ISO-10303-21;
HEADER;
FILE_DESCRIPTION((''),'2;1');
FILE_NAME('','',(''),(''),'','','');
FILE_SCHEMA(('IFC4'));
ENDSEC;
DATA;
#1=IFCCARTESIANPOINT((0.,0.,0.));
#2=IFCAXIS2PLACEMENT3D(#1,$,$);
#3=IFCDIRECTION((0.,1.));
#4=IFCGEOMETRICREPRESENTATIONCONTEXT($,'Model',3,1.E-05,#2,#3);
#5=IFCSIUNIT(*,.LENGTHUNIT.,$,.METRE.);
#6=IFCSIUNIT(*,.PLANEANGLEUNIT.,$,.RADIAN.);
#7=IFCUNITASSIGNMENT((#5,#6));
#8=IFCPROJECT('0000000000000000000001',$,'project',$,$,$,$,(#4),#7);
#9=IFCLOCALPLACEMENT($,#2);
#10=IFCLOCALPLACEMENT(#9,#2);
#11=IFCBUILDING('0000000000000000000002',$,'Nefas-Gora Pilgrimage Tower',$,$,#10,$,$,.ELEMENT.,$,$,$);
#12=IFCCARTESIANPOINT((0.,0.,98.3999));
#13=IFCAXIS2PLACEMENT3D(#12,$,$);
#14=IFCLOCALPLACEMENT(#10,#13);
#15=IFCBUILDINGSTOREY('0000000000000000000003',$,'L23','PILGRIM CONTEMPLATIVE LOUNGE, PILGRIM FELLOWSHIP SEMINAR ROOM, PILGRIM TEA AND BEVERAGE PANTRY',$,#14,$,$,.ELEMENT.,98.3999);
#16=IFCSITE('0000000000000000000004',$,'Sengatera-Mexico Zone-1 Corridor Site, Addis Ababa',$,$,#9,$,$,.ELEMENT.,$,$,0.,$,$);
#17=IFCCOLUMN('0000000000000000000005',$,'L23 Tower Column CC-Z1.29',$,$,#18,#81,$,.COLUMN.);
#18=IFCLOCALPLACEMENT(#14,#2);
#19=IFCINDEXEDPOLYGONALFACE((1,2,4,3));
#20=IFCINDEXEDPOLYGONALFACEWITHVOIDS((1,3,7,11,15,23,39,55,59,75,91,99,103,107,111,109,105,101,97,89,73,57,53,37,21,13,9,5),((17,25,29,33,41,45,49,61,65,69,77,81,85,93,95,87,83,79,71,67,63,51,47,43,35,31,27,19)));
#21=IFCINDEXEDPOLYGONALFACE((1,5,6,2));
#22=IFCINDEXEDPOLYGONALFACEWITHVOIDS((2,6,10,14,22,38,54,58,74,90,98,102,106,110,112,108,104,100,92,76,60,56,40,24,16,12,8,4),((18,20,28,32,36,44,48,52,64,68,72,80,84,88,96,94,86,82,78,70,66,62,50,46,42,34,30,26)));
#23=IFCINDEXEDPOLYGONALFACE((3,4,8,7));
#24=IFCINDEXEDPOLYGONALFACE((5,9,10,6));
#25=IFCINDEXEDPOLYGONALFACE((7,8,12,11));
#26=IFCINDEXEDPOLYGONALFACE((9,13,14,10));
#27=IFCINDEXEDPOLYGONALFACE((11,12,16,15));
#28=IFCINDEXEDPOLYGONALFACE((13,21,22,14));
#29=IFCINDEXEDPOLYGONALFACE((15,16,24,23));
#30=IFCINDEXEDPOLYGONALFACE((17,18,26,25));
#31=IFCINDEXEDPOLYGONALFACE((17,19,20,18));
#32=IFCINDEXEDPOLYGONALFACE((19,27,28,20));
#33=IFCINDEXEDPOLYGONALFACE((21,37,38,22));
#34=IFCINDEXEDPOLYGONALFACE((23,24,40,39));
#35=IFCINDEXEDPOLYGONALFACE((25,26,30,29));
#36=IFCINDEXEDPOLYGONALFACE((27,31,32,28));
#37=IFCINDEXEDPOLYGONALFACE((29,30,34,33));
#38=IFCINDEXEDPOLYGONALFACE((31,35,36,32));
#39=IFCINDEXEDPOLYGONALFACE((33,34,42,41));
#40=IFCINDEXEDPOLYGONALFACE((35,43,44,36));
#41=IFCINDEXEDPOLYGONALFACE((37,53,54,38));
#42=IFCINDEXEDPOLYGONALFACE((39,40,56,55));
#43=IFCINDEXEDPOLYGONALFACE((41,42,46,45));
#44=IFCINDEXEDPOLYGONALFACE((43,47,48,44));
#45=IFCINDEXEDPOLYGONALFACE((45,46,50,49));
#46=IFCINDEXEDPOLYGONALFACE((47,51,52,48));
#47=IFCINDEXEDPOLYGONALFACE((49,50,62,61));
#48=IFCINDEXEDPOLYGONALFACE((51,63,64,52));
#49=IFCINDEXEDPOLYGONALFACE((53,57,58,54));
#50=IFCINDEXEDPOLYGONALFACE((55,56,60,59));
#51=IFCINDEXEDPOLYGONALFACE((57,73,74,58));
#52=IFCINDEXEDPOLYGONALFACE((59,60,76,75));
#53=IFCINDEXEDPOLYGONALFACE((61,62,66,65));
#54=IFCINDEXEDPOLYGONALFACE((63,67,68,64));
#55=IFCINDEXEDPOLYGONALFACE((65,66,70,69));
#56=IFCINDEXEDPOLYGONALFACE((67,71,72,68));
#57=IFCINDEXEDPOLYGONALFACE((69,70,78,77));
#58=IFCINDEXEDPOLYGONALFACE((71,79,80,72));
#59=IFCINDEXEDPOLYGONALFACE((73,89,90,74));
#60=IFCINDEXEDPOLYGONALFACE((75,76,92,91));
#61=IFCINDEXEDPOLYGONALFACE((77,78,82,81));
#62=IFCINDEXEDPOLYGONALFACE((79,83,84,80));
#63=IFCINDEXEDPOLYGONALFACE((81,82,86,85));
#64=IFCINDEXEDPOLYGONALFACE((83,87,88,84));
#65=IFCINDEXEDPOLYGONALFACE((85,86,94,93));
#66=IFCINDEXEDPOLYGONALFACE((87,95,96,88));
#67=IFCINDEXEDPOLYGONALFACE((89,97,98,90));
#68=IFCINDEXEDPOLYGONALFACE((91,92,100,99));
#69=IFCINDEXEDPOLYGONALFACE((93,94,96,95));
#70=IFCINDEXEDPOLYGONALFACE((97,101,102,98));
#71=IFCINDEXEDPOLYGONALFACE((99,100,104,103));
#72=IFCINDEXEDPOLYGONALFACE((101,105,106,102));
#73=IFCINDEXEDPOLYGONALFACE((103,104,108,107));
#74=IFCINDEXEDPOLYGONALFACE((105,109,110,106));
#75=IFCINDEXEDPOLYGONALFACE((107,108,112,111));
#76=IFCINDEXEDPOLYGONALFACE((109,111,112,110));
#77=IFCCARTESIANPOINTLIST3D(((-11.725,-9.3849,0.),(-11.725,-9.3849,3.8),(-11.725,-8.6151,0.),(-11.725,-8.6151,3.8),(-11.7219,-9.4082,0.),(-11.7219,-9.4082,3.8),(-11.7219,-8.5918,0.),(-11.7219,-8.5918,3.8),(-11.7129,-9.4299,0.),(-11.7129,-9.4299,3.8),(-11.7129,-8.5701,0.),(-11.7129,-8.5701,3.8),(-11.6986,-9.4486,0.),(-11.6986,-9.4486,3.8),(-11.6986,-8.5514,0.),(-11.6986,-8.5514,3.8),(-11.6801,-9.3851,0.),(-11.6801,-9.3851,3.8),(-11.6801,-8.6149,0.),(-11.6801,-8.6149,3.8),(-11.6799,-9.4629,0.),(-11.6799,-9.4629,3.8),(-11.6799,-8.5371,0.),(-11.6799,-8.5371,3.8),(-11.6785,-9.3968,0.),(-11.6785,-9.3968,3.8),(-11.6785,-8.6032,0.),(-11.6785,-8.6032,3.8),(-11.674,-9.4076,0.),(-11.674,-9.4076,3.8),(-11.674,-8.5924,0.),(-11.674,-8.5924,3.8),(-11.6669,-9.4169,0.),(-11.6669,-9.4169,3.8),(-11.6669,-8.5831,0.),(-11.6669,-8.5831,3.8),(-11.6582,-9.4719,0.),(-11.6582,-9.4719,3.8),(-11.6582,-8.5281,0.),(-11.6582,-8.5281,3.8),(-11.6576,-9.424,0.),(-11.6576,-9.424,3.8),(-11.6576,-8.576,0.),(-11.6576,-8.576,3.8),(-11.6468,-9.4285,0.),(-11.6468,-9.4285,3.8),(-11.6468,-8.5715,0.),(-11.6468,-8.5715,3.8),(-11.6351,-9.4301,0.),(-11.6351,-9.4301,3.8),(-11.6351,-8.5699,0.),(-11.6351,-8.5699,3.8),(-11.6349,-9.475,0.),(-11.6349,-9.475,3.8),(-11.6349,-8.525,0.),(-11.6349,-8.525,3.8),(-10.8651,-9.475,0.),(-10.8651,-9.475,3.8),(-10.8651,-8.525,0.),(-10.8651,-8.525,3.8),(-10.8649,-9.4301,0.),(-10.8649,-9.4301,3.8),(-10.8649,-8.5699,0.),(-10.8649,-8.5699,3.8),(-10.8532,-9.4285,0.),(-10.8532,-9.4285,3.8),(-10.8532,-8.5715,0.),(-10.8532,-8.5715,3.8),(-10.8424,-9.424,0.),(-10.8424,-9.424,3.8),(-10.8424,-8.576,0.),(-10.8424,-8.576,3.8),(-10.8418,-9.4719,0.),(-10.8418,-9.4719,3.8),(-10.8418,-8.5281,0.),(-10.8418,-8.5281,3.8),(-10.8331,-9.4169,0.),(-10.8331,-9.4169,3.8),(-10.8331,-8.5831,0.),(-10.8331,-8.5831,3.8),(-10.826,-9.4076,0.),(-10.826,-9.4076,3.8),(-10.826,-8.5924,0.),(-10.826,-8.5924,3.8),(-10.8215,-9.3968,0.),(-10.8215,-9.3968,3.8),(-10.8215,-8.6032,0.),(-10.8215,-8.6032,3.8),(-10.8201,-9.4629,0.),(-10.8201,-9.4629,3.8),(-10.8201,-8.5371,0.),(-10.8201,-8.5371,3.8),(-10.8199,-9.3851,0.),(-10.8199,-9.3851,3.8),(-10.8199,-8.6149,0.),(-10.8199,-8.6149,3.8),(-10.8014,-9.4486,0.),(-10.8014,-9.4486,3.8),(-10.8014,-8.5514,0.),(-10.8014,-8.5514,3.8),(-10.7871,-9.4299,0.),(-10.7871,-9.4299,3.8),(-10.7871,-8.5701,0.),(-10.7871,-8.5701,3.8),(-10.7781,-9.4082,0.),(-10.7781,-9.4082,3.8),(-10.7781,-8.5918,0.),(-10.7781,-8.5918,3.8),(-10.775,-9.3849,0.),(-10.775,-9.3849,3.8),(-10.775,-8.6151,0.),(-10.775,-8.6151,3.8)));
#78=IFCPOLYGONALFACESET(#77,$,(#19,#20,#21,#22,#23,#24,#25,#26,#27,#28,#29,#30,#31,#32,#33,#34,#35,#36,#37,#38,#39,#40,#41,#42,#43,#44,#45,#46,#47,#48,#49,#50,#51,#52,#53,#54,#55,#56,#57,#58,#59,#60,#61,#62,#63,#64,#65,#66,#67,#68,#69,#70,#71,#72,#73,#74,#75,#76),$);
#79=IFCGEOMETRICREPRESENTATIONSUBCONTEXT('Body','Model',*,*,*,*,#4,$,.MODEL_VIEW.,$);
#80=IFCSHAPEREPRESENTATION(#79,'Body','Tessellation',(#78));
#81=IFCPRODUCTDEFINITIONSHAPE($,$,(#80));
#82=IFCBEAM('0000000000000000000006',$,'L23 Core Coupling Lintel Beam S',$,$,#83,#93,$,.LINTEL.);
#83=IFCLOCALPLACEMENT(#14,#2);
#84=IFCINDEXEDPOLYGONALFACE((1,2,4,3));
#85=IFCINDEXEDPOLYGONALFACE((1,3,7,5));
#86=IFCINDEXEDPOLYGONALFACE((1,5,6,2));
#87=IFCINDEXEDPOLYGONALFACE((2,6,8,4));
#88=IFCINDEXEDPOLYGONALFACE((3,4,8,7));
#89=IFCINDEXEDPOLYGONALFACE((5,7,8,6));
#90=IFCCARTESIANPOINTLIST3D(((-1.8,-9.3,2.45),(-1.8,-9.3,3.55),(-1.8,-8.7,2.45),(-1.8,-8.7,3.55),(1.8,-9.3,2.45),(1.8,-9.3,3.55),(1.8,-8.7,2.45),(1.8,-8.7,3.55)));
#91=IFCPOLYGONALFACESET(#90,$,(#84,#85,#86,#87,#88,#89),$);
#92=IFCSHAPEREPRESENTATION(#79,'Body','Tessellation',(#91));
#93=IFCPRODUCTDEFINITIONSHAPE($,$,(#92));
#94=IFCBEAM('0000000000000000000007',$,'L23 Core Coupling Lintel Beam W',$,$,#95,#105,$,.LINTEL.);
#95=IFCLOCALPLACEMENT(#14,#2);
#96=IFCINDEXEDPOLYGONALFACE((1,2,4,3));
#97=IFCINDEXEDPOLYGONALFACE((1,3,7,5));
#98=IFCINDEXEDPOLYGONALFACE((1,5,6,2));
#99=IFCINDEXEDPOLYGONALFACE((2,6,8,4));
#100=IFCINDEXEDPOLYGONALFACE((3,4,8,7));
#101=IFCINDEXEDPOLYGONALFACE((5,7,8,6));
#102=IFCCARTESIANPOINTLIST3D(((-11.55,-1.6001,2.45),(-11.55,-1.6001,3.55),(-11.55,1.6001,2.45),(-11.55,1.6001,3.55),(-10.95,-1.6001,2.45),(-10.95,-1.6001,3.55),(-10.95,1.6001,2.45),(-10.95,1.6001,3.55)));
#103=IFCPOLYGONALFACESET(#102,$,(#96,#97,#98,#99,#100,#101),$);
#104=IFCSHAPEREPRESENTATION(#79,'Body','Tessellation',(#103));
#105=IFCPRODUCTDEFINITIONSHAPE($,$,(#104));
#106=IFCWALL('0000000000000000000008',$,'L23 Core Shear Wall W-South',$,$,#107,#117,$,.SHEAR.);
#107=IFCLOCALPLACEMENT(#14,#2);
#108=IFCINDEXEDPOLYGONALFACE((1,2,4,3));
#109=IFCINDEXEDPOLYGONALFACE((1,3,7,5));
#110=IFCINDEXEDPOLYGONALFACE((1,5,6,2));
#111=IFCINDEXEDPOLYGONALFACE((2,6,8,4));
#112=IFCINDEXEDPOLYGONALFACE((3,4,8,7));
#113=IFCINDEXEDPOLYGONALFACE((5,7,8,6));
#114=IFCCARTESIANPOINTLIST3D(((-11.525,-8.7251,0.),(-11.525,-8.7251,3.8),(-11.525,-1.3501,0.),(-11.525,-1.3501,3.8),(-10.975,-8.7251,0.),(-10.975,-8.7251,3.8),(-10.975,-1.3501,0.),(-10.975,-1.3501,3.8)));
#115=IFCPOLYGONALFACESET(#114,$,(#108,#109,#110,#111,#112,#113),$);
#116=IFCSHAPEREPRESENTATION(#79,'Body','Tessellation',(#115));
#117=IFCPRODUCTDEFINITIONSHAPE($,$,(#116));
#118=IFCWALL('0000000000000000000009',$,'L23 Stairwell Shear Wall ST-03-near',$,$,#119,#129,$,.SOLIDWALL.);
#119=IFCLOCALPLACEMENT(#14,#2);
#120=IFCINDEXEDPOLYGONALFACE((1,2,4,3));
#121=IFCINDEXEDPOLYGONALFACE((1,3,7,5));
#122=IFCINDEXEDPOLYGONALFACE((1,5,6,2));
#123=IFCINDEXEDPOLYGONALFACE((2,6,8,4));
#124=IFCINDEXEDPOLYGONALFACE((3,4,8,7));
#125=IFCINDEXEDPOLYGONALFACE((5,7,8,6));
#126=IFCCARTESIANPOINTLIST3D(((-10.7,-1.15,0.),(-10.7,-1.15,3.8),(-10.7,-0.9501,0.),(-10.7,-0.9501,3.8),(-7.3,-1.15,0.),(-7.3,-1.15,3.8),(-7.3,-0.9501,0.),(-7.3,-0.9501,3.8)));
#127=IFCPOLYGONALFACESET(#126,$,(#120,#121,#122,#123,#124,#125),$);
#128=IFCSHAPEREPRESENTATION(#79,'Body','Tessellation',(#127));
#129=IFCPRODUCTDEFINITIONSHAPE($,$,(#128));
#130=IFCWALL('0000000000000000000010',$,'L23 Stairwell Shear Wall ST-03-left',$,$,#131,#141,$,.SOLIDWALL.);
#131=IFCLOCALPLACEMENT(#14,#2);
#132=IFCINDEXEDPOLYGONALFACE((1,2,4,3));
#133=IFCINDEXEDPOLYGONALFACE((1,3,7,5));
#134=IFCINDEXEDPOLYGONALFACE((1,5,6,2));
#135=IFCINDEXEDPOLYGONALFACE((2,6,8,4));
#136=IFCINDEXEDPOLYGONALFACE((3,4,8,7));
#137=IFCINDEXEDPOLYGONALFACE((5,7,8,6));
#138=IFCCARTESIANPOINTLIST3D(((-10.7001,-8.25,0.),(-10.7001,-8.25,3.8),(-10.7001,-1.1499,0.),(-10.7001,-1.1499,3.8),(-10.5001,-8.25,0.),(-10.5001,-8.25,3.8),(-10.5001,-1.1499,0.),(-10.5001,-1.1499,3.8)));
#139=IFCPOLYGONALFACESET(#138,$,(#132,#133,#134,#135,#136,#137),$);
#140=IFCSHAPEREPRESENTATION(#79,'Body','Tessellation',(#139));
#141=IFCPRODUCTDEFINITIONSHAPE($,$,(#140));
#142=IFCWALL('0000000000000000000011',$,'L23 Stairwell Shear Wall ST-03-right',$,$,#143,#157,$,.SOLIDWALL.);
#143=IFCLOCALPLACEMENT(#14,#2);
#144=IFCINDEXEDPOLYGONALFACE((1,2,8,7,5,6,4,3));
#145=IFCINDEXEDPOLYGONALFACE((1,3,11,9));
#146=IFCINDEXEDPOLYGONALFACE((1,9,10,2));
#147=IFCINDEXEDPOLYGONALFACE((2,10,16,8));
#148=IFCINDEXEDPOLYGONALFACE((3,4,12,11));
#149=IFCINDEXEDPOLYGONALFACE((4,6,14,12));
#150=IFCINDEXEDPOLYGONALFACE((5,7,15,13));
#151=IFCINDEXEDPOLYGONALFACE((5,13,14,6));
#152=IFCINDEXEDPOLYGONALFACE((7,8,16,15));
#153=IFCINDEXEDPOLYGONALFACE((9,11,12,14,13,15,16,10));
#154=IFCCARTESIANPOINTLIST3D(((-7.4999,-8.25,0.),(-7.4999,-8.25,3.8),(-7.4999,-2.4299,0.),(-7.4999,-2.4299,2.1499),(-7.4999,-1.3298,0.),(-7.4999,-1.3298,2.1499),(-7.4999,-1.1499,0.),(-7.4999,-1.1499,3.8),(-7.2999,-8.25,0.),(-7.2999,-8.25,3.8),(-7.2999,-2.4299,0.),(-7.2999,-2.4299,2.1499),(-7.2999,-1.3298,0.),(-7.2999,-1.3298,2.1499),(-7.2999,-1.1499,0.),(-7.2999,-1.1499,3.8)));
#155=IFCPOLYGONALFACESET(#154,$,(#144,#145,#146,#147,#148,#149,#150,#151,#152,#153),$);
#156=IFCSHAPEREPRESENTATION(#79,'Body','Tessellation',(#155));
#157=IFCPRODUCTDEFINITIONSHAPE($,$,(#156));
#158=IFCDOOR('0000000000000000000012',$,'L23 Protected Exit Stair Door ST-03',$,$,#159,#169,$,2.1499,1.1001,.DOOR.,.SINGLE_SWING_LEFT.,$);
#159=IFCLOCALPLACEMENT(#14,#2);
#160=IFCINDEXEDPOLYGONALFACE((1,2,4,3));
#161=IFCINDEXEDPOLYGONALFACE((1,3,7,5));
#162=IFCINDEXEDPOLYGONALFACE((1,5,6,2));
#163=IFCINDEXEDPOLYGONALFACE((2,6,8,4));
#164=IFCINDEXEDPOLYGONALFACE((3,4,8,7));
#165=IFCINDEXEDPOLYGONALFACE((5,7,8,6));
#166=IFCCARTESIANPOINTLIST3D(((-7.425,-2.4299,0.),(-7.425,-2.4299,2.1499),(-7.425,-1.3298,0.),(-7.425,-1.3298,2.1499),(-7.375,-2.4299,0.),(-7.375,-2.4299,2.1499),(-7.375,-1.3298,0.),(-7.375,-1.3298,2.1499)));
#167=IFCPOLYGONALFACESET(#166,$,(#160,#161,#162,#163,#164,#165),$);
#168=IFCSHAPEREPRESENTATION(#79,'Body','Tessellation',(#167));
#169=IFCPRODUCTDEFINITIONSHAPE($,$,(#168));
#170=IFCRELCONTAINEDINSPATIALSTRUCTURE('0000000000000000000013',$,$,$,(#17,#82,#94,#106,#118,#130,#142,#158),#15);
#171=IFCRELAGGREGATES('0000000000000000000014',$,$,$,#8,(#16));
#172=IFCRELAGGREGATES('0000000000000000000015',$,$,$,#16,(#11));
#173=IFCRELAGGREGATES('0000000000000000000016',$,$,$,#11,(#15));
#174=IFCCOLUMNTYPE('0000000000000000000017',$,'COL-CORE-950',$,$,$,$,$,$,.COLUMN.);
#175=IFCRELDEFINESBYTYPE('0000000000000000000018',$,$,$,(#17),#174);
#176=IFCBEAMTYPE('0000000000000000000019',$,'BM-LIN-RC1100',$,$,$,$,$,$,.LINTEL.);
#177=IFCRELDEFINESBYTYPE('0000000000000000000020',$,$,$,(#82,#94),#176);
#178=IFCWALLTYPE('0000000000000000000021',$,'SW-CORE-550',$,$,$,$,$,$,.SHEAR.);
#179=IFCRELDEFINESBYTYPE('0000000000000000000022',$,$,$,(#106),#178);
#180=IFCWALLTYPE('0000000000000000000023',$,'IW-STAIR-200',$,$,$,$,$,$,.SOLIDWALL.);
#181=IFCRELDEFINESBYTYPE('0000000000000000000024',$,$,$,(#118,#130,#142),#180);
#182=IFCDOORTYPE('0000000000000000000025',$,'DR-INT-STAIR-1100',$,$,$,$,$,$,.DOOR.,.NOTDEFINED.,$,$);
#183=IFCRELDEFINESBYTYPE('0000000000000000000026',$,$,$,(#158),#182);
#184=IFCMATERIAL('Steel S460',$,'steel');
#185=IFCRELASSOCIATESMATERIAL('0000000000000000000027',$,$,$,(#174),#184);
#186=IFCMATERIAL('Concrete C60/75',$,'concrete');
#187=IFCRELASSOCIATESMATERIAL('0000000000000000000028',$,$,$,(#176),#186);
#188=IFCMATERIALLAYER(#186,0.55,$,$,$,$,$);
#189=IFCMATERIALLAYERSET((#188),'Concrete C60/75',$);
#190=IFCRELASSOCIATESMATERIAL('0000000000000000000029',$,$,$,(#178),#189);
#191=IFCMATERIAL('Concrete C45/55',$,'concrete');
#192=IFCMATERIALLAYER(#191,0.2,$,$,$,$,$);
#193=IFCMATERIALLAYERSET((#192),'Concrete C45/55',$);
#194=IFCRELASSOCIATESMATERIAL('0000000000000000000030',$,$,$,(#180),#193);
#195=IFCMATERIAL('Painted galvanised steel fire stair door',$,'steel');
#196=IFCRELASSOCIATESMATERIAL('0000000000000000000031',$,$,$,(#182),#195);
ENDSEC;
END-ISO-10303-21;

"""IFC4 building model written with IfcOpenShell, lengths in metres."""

from ifc_helpers import new_model, si_unit, direction, frame, frame_2d, origin, origin_2d, place, context, subcontext, project, spatial, rectangle, hollow_rectangle, extrude, source, transform, mapped, material, layer, layer_set, material_profile, profile_set, type_object, element, fill, save


model = new_model("IFC4")

# Units and contexts
model_context = context("Model", 3, precision=1e-05, world=origin(), true_north=direction((0.0, 1.0)))
body_context = subcontext(model_context, "Body", "Model", "MODEL_VIEW")
ifc_project = project(units=[si_unit("LENGTHUNIT", "METRE"), si_unit("PLANEANGLEUNIT", "RADIAN")], contexts=[model_context])

# Site, building, storey
site_placement = place(None, origin())
site = spatial("IfcSite", under=ifc_project, at=site_placement, Name="Sengatera-Mexico Zone-1 Corridor Site, Addis Ababa", CompositionType="ELEMENT", RefElevation=0.0)
building_placement = place(site_placement, origin())
building = spatial("IfcBuilding", under=site, at=building_placement, Name="Nefas-Gora Pilgrimage Tower", CompositionType="ELEMENT")
storey_placement = place(building_placement, frame((0.0, 0.0, 98.3999)))
storey = spatial("IfcBuildingStorey", under=building, at=storey_placement, Name="L23", Description="PILGRIM CONTEMPLATIVE LOUNGE, PILGRIM FELLOWSHIP SEMINAR ROOM, PILGRIM TEA AND BEVERAGE PANTRY", CompositionType="ELEMENT", Elevation=98.3999)

# Column
ifc_material_1 = material(Name="Steel S460", Category="steel")
ifc_material_profile_1 = material_profile(ifc_material_1, hollow_rectangle(XDim=0.95, YDim=0.95, WallThickness=0.0449, InnerFilletRadius=0.0449, OuterFilletRadius=0.0901, at=origin_2d()), Name="BOX 950x950x45")
ifc_profile_set_1 = profile_set([ifc_material_profile_1], Name="Steel S460")
column_type = type_object("IfcColumnType", Name="COL-CORE-950", PredefinedType="COLUMN", material=ifc_profile_set_1)
shared_shape_1 = source(origin(), body_context, "Body", "SweptSolid", [
    extrude(hollow_rectangle(XDim=0.95, YDim=0.95, WallThickness=0.0449, InnerFilletRadius=0.0449, OuterFilletRadius=0.0901, at=origin_2d()), origin(), (0.0, 0.0, 1.0), 3.8),
])
column_placement = place(storey_placement, frame((-11.25, -9.0, 0.0), z_axis=(0.0, 0.0, 1.0), x_axis=(1.0, 0.0, 0.0)))
element("IfcColumn", 1, at=column_placement, inside=storey, type_object=column_type, Name="L23 Tower Column CC-Z1.29", PredefinedType="COLUMN", context=body_context, shape_type="MappedRepresentation", body=[
    mapped(shared_shape_1, transform((0.0, 0.0, 0.0), x_axis=(1.0, 0.0, 0.0), y_axis=(0.0, 1.0, 0.0), z_axis=(0.0, 0.0, 1.0), scale=1.0)),
])

# Beams
ifc_material_2 = material(Name="Concrete C60/75", Category="concrete")
ifc_material_profile_2 = material_profile(ifc_material_2, rectangle(XDim=0.6001, YDim=1.1001, at=origin_2d()), Name="RC 600x1100")
ifc_profile_set_2 = profile_set([ifc_material_profile_2], Name="Concrete C60/75")
beam_type = type_object("IfcBeamType", Name="BM-LIN-RC1100", PredefinedType="LINTEL", material=ifc_profile_set_2)
shared_shape_2 = source(origin(), body_context, "Body", "SweptSolid", [
    extrude(rectangle(XDim=0.6001, YDim=1.1001, at=origin_2d()), origin(), (0.0, 0.0, 1.0), 3.6001),
])
beam_1_placement = place(storey_placement, frame((-1.8, -9.0, 3.0), z_axis=(1.0, 0.0, 0.0), x_axis=(0.0, 1.0, 0.0)))
element("IfcBeam", 2, at=beam_1_placement, inside=storey, type_object=beam_type, Name="L23 Core Coupling Lintel Beam S", PredefinedType="LINTEL", context=body_context, shape_type="MappedRepresentation", body=[
    mapped(shared_shape_2, transform((0.0, 0.0, 0.0), x_axis=(1.0, 0.0, 0.0), y_axis=(0.0, 1.0, 0.0), z_axis=(0.0, 0.0, 1.0), scale=1.0)),
])
shared_shape_3 = source(origin(), body_context, "Body", "SweptSolid", [
    extrude(rectangle(XDim=0.6001, YDim=1.1001, at=origin_2d()), origin(), (0.0, 0.0, 1.0), 3.2002),
])
beam_2_placement = place(storey_placement, frame((-11.25, -1.6001, 3.0), z_axis=(0.0, 1.0, 0.0), x_axis=(-1.0, 0.0, 0.0)))
element("IfcBeam", 3, at=beam_2_placement, inside=storey, type_object=beam_type, Name="L23 Core Coupling Lintel Beam W", PredefinedType="LINTEL", context=body_context, shape_type="MappedRepresentation", body=[
    mapped(shared_shape_3, transform((0.0, 0.0, 0.0), x_axis=(1.0, 0.0, 0.0), y_axis=(0.0, 1.0, 0.0), z_axis=(0.0, 0.0, 1.0), scale=1.0)),
])

# Walls
ifc_layer_1 = layer(ifc_material_2, 0.55)
ifc_layer_set_1 = layer_set([ifc_layer_1], Name="Concrete C60/75")
wall_type_1 = type_object("IfcWallType", Name="SW-CORE-550", PredefinedType="SHEAR", material=ifc_layer_set_1)
shared_shape_4 = source(origin(), body_context, "Body", "SweptSolid", [
    extrude(rectangle(XDim=7.375, YDim=0.55, at=frame_2d((3.6875, 0.0))), origin(), (0.0, 0.0, 1.0), 3.8),
])
wall_1_placement = place(storey_placement, frame((-11.25, -8.7251, 0.0), z_axis=(0.0, 0.0, 1.0), x_axis=(0.0, 1.0, 0.0)))
element("IfcWall", 4, at=wall_1_placement, inside=storey, type_object=wall_type_1, Name="L23 Core Shear Wall W-South", PredefinedType="SHEAR", context=body_context, shape_type="MappedRepresentation", body=[
    mapped(shared_shape_4, transform((0.0, 0.0, 0.0), x_axis=(1.0, 0.0, 0.0), y_axis=(0.0, 1.0, 0.0), z_axis=(0.0, 0.0, 1.0), scale=1.0)),
])
ifc_material_3 = material(Name="Concrete C45/55", Category="concrete")
ifc_layer_2 = layer(ifc_material_3, 0.2)
ifc_layer_set_2 = layer_set([ifc_layer_2], Name="Concrete C45/55")
wall_type_2 = type_object("IfcWallType", Name="IW-STAIR-200", PredefinedType="SOLIDWALL", material=ifc_layer_set_2)
shared_shape_5 = source(origin(), body_context, "Body", "SweptSolid", [
    extrude(rectangle(XDim=3.3999, YDim=0.2, at=frame_2d((1.7, 0.0))), origin(), (0.0, 0.0, 1.0), 3.8),
])
wall_2_placement = place(storey_placement, frame((-10.7, -1.05, 0.0), z_axis=(0.0, 0.0, 1.0), x_axis=(1.0, 0.0, 0.0)))
element("IfcWall", 5, at=wall_2_placement, inside=storey, type_object=wall_type_2, Name="L23 Stairwell Shear Wall ST-03-near", PredefinedType="SOLIDWALL", context=body_context, shape_type="MappedRepresentation", body=[
    mapped(shared_shape_5, transform((0.0, 0.0, 0.0), x_axis=(1.0, 0.0, 0.0), y_axis=(0.0, 1.0, 0.0), z_axis=(0.0, 0.0, 1.0), scale=1.0)),
])
shared_shape_6 = source(origin(), body_context, "Body", "SweptSolid", [
    extrude(rectangle(XDim=7.1001, YDim=0.2, at=frame_2d((3.55, 0.0))), origin(), (0.0, 0.0, 1.0), 3.8),
])
wall_3_placement = place(storey_placement, frame((-10.6001, -1.1499, 0.0), z_axis=(0.0, 0.0, 1.0), x_axis=(0.0, -1.0, 0.0)))
element("IfcWall", 6, at=wall_3_placement, inside=storey, type_object=wall_type_2, Name="L23 Stairwell Shear Wall ST-03-left", PredefinedType="SOLIDWALL", context=body_context, shape_type="MappedRepresentation", body=[
    mapped(shared_shape_6, transform((0.0, 0.0, 0.0), x_axis=(1.0, 0.0, 0.0), y_axis=(0.0, 1.0, 0.0), z_axis=(0.0, 0.0, 1.0), scale=1.0)),
])

# Wall, opening, door
wall_4_placement = place(storey_placement, frame((-7.3999, -1.1499, 0.0), z_axis=(0.0, 0.0, 1.0), x_axis=(0.0, -1.0, 0.0)))
wall_4 = element("IfcWall", 7, at=wall_4_placement, inside=storey, type_object=wall_type_2, Name="L23 Stairwell Shear Wall ST-03-right", PredefinedType="SOLIDWALL", context=body_context, shape_type="MappedRepresentation", body=[
    mapped(shared_shape_6, transform((0.0, 0.0, 0.0), x_axis=(1.0, 0.0, 0.0), y_axis=(0.0, 1.0, 0.0), z_axis=(0.0, 0.0, 1.0), scale=1.0)),
])
opening_1_placement = place(wall_4_placement, frame((0.1799, 0.0, 0.0)))
opening_1 = element("IfcOpeningElement", 8, at=opening_1_placement, cuts=wall_4, PredefinedType="OPENING", context=body_context, shape_type="SweptSolid", body=[
    extrude(rectangle(XDim=1.1001, YDim=2.1499, at=frame_2d((0.55, 1.075))), frame((0.0, 0.1099, 0.0), z_axis=(0.0, -1.0, 0.0), x_axis=(1.0, 0.0, 0.0)), (0.0, 0.0, 1.0), 0.22),
])
ifc_material_4 = material(Name="Painted galvanised steel fire stair door", Category="steel")
door_type_1 = type_object("IfcDoorType", Name="DR-INT-STAIR-1100", OperationType="NOTDEFINED", PredefinedType="DOOR", material=ifc_material_4)
shared_shape_7 = source(origin(), body_context, "Body", "SweptSolid", [
    extrude(rectangle(XDim=1.1001, YDim=2.1499, at=frame_2d((0.55, 1.075))), frame((0.0, 0.0249, 0.0), z_axis=(0.0, -1.0, 0.0), x_axis=(1.0, 0.0, 0.0)), (0.0, 0.0, 1.0), 0.05),
])
door_1_placement = place(opening_1_placement, origin())
door_1 = element("IfcDoor", 9, at=door_1_placement, inside=storey, type_object=door_type_1, Name="L23 Protected Exit Stair Door ST-03", OperationType="SINGLE_SWING_LEFT", OverallHeight=2.1499, OverallWidth=1.1001, PredefinedType="DOOR", context=body_context, shape_type="MappedRepresentation", body=[
    mapped(shared_shape_7, transform((0.0, 0.0, 0.0), x_axis=(1.0, 0.0, 0.0), y_axis=(0.0, 1.0, 0.0), z_axis=(0.0, 0.0, 1.0), scale=1.0)),
])
fill(opening_1, door_1)

save(model, "model.ifc")
